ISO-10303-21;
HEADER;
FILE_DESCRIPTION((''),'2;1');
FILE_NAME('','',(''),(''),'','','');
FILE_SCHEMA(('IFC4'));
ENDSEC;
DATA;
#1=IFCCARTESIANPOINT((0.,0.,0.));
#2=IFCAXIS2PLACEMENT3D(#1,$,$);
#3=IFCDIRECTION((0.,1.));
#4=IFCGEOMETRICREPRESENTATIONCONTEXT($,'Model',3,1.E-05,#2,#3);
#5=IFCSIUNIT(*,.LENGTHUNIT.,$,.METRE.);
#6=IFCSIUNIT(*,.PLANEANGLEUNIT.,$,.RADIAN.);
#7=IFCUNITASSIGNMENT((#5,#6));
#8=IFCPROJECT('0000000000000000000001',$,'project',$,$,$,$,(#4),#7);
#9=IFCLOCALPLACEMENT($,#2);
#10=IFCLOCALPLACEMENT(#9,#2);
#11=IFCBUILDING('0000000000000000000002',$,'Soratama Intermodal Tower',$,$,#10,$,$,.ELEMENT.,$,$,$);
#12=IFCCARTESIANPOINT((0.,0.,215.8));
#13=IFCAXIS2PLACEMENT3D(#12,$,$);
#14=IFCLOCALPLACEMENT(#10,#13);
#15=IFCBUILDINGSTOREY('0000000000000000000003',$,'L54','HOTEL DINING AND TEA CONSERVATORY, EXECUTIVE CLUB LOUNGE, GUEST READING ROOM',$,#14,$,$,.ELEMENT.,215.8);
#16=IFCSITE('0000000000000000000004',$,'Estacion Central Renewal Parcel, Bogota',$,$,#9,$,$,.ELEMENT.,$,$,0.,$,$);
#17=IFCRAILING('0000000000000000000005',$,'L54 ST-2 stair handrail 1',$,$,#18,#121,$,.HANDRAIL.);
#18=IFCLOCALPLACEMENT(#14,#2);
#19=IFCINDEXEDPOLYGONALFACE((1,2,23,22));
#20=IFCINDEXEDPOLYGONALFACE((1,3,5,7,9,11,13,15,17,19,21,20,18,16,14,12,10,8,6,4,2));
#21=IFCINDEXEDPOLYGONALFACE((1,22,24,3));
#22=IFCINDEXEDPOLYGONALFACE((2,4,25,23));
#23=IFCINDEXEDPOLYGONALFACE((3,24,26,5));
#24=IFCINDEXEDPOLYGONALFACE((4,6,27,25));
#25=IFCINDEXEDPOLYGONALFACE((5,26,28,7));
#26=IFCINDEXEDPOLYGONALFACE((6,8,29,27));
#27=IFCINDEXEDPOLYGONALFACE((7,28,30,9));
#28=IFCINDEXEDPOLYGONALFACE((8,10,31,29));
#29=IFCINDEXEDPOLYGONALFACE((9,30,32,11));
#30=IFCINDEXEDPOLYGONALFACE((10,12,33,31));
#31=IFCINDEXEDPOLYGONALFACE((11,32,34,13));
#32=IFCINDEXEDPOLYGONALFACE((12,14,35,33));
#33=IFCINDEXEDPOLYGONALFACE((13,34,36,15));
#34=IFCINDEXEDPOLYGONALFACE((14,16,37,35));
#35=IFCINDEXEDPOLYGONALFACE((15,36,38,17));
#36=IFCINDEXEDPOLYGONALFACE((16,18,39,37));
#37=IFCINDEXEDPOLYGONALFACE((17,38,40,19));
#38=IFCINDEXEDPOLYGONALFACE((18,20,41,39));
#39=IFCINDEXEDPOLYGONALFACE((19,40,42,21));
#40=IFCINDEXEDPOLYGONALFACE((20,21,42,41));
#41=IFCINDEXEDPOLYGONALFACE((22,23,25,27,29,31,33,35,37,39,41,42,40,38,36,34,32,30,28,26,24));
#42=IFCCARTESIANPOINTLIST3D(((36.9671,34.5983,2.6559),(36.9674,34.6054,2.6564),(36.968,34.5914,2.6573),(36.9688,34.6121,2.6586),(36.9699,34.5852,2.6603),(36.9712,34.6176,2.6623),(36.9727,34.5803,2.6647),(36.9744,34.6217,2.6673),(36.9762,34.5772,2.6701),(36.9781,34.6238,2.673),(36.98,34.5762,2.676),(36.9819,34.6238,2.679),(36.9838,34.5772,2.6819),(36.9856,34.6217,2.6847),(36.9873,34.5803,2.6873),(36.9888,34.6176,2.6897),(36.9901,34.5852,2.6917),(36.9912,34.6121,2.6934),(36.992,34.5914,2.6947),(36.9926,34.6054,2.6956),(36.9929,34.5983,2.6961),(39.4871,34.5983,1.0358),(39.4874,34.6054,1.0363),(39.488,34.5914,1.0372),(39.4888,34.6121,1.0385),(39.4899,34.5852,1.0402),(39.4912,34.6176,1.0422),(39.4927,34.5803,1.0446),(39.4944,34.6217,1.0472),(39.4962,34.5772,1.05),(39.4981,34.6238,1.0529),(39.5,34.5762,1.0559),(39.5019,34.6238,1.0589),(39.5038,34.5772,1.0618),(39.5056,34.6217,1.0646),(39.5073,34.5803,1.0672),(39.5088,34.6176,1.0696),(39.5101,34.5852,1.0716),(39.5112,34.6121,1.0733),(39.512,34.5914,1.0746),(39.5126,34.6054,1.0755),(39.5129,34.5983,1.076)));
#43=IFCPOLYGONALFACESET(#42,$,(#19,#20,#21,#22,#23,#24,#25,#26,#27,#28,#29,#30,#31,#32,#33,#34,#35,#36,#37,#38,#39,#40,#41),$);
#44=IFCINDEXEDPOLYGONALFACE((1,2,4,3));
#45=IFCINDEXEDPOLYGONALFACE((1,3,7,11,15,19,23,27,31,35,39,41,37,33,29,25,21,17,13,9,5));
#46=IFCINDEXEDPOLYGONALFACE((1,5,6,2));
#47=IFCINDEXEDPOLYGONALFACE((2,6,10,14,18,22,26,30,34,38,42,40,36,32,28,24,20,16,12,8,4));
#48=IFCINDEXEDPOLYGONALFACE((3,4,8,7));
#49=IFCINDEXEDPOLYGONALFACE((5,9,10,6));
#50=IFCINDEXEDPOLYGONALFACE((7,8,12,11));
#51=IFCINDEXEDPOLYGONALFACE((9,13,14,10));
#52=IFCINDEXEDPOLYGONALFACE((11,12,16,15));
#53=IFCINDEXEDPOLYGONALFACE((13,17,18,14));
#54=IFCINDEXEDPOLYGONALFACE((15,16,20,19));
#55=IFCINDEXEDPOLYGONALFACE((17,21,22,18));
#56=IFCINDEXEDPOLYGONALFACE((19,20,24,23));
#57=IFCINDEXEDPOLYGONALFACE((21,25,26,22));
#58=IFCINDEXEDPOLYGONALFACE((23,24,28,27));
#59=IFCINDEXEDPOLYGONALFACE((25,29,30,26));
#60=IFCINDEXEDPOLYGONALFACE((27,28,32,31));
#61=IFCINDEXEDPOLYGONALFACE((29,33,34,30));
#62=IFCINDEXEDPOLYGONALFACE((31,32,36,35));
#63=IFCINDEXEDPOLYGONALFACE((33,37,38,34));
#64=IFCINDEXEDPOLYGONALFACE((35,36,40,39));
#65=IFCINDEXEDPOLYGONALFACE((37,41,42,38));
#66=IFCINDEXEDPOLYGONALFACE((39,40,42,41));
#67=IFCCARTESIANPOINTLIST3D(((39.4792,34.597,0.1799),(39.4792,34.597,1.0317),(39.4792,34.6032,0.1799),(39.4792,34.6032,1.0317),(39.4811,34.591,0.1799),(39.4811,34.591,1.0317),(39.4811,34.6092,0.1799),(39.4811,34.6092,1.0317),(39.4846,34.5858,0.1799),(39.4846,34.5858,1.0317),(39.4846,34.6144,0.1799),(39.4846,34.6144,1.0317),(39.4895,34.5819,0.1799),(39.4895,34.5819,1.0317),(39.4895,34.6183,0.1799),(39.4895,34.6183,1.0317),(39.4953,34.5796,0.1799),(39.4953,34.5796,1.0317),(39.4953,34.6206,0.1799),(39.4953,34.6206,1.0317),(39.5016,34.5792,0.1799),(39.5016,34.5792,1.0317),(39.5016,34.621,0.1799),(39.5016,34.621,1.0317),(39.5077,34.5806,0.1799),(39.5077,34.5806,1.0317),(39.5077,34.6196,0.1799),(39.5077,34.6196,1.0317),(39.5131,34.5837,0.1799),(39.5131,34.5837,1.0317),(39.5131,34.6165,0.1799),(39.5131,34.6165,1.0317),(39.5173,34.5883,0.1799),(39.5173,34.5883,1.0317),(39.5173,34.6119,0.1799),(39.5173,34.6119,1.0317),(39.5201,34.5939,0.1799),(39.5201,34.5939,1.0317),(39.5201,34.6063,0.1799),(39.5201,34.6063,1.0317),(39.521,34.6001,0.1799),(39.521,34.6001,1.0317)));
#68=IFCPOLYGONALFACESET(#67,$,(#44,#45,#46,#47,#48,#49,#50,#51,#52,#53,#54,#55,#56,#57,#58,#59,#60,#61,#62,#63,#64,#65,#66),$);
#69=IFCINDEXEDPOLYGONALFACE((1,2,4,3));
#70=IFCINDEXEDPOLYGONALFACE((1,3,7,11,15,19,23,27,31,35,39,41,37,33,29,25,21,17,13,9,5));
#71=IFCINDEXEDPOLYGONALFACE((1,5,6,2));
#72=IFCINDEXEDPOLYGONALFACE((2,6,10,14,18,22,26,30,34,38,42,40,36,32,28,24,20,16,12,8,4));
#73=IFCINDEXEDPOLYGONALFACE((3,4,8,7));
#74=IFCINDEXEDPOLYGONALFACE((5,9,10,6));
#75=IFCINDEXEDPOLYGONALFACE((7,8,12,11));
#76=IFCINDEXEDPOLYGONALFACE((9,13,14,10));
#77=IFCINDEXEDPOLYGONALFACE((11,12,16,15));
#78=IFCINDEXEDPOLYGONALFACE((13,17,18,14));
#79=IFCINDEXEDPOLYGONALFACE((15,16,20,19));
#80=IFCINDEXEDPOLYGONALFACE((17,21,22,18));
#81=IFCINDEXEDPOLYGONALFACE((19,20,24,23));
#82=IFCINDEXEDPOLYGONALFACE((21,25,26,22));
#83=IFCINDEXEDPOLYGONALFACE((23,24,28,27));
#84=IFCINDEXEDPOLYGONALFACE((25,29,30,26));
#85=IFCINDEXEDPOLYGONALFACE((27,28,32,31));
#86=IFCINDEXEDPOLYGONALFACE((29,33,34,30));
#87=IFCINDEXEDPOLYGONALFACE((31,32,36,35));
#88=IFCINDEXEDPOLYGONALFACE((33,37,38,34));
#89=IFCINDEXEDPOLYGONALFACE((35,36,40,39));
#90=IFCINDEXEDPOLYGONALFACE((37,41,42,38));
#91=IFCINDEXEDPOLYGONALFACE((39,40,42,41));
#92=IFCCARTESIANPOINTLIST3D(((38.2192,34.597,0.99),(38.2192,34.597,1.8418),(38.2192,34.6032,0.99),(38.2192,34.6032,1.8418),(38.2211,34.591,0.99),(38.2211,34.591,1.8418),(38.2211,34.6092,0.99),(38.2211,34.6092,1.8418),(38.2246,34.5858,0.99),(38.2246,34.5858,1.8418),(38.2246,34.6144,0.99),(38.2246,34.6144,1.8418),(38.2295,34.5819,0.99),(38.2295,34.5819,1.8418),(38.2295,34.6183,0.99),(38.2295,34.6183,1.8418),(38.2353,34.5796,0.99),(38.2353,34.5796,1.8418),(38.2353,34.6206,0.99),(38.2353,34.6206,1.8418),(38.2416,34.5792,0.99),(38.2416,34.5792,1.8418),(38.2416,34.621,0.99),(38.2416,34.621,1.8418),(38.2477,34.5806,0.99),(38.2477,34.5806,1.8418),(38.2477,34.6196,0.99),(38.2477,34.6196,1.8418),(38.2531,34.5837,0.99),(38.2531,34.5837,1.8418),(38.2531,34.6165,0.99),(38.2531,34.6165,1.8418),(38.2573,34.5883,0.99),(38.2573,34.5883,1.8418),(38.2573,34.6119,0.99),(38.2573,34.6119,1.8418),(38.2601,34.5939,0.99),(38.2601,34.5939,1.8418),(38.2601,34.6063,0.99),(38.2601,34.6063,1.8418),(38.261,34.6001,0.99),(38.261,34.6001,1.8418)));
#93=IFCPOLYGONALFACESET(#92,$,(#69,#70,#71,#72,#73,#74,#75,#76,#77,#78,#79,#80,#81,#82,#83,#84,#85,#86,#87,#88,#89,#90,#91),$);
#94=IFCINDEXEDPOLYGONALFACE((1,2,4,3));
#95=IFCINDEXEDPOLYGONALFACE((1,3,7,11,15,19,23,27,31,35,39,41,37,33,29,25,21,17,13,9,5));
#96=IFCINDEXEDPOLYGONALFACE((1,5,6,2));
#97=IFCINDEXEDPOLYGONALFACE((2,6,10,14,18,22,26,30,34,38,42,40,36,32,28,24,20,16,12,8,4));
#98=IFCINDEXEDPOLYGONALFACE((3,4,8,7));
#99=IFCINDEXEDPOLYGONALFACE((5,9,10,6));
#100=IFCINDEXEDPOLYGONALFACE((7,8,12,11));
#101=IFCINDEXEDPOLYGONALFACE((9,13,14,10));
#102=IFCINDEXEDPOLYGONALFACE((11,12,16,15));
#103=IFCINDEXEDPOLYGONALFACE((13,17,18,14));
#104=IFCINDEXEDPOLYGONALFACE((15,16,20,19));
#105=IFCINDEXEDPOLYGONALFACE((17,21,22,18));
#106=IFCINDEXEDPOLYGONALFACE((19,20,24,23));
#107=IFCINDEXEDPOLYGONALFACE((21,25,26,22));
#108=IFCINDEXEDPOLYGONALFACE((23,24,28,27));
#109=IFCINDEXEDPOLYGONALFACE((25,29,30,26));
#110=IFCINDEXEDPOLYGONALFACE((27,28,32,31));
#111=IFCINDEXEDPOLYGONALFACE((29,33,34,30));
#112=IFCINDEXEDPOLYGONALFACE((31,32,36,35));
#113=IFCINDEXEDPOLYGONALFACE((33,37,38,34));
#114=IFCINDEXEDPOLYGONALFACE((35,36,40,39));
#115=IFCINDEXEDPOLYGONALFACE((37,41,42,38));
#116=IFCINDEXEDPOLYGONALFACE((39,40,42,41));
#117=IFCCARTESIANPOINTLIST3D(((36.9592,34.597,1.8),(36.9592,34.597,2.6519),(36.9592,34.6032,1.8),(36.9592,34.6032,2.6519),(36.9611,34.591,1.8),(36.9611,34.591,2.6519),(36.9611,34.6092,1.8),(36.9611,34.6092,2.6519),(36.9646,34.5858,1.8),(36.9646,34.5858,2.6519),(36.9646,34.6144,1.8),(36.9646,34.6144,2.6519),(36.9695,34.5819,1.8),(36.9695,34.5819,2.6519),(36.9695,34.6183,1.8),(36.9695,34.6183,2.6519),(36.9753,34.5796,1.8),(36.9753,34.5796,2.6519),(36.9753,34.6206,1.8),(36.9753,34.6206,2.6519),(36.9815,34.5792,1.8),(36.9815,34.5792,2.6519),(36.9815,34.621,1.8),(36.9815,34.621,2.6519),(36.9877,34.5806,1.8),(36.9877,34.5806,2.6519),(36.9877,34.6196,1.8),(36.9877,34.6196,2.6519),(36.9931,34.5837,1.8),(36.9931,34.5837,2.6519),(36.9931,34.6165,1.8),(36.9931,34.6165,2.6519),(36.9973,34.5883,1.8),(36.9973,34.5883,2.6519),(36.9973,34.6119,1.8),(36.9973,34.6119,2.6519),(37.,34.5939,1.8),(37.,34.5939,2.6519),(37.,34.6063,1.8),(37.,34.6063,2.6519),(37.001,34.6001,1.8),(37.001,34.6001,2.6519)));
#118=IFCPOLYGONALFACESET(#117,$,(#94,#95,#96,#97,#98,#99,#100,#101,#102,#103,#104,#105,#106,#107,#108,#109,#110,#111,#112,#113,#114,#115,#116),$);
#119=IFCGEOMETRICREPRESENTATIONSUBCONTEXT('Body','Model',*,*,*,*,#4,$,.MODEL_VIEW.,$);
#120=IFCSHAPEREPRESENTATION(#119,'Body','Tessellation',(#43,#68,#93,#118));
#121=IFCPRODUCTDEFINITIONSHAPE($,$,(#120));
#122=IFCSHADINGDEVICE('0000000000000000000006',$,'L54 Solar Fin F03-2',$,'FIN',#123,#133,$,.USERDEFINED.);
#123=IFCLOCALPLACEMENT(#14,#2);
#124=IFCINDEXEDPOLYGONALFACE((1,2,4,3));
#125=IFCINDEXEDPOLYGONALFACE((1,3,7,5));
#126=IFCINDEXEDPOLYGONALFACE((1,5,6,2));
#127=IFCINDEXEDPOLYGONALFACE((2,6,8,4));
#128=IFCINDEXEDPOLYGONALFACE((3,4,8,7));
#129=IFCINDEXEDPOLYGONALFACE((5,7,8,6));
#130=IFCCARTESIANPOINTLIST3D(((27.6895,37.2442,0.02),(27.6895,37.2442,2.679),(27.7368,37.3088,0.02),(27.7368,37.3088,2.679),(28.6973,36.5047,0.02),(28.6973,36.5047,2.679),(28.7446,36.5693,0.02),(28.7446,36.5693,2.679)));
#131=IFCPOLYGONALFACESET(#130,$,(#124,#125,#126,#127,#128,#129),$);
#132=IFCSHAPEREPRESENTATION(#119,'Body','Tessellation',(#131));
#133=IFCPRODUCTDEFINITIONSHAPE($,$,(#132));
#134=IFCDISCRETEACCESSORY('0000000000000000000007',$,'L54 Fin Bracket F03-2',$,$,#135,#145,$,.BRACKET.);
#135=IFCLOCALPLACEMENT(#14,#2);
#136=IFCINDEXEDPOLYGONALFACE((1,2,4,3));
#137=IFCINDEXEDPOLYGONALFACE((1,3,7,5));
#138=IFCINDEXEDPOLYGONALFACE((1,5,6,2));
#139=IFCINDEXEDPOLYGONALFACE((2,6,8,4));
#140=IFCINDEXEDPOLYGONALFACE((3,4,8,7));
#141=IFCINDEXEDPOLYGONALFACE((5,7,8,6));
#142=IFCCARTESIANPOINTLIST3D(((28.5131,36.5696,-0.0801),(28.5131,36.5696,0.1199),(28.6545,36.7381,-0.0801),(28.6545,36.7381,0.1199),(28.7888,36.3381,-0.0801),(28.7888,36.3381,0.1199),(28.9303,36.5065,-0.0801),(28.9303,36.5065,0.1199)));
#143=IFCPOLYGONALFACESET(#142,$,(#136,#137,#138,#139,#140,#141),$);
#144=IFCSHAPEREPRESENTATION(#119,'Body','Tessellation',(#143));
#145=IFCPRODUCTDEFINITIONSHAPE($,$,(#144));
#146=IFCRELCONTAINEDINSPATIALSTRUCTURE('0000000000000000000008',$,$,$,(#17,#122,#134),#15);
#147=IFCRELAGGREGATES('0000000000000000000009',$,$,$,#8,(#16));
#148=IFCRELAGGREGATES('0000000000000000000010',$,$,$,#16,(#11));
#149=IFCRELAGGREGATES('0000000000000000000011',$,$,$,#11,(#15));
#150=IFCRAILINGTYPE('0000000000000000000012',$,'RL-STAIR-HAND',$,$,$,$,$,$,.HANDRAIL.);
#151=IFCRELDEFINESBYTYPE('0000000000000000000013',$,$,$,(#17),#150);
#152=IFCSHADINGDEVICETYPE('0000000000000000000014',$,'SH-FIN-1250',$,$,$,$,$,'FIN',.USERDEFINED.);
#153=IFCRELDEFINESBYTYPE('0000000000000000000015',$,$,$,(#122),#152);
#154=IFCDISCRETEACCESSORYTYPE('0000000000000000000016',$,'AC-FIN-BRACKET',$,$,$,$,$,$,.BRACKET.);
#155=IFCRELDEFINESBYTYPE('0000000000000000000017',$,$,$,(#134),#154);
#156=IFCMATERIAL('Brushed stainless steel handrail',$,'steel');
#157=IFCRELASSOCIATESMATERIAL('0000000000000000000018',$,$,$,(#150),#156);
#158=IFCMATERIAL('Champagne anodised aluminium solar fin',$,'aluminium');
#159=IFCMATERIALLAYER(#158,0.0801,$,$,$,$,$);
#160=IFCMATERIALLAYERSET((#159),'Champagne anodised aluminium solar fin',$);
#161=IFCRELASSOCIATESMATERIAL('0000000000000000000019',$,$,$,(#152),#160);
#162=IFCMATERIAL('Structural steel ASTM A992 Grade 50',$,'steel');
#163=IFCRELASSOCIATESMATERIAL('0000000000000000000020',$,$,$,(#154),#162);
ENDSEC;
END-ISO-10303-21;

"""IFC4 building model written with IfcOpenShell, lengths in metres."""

from ifc_helpers import new_model, si_unit, direction, frame, origin, origin_2d, place, context, subcontext, project, spatial, rectangle, circle, extrude, material, layer, layer_set, type_object, element, save


model = new_model("IFC4")

# Units and contexts
model_context = context("Model", 3, precision=1e-05, world=origin(), true_north=direction((0.0, 1.0)))
body_context = subcontext(model_context, "Body", "Model", "MODEL_VIEW")
ifc_project = project(units=[si_unit("LENGTHUNIT", "METRE"), si_unit("PLANEANGLEUNIT", "RADIAN")], contexts=[model_context])

# Site, building, storey
site_placement = place(None, origin())
site = spatial("IfcSite", under=ifc_project, at=site_placement, Name="Estacion Central Renewal Parcel, Bogota", CompositionType="ELEMENT", RefElevation=0.0)
building_placement = place(site_placement, origin())
building = spatial("IfcBuilding", under=site, at=building_placement, Name="Soratama Intermodal Tower", CompositionType="ELEMENT")
storey_placement = place(building_placement, frame((0.0, 0.0, 215.8)))
storey = spatial("IfcBuildingStorey", under=building, at=storey_placement, Name="L54", Description="HOTEL DINING AND TEA CONSERVATORY, EXECUTIVE CLUB LOUNGE, GUEST READING ROOM", CompositionType="ELEMENT", Elevation=215.8)

# Railing
ifc_material_1 = material(Name="Brushed stainless steel handrail", Category="steel")
railing_type_1 = type_object("IfcRailingType", Name="RL-STAIR-HAND", PredefinedType="HANDRAIL", material=ifc_material_1)
railing_1_placement = place(storey_placement, frame((39.5, 34.6001, 0.1799)))
element("IfcRailing", 1, at=railing_1_placement, inside=storey, type_object=railing_type_1, Name="L54 ST-2 stair handrail 1", PredefinedType="HANDRAIL", context=body_context, shape_type="SweptSolid", body=[
    extrude(circle(Radius=0.0239, at=origin_2d()), frame((0.0, 0.0, 0.876), z_axis=(-0.841163, 0.0, 0.540782), x_axis=(0.0, -1.0, 0.0)), (0.0, 0.0, 1.0), 2.9958),
    extrude(circle(Radius=0.021, at=origin_2d()), origin(), (0.0, 0.0, 1.0), 0.8518),
    extrude(circle(Radius=0.021, at=origin_2d()), frame((-1.26, 0.0, 0.8101)), (0.0, 0.0, 1.0), 0.8518),
    extrude(circle(Radius=0.021, at=origin_2d()), frame((-2.52, 0.0, 1.6201)), (0.0, 0.0, 1.0), 0.8518),
])

# Shading device
ifc_material_2 = material(Name="Champagne anodised aluminium solar fin", Category="aluminium")
ifc_layer_1 = layer(ifc_material_2, 0.0801)
ifc_layer_set_1 = layer_set([ifc_layer_1], Name="Champagne anodised aluminium solar fin")
shading_device_type = type_object("IfcShadingDeviceType", Name="SH-FIN-1250", ElementType="FIN", PredefinedType="USERDEFINED", material=ifc_layer_set_1)
shading_device_placement = place(storey_placement, frame((28.217, 36.9067, 0.02), z_axis=(0.0, 0.0, 1.0), x_axis=(-0.806238, 0.591591, 0.0)))
element("IfcShadingDevice", 2, at=shading_device_placement, inside=storey, type_object=shading_device_type, Name="L54 Solar Fin F03-2", ObjectType="FIN", PredefinedType="USERDEFINED", context=body_context, shape_type="SweptSolid", body=[
    extrude(rectangle(XDim=1.25, YDim=0.0801, at=origin_2d()), origin(), (0.0, 0.0, 1.0), 2.6589),
])

# Discrete accessory
ifc_material_3 = material(Name="Structural steel ASTM A992 Grade 50", Category="steel")
discrete_accessory_type = type_object("IfcDiscreteAccessoryType", Name="AC-FIN-BRACKET", PredefinedType="BRACKET", material=ifc_material_3)
discrete_accessory_placement = place(storey_placement, frame((28.7217, 36.5381, -0.0801), z_axis=(0.0, 0.0, 1.0), x_axis=(-0.76582, 0.643055, 0.0)))
element("IfcDiscreteAccessory", 3, at=discrete_accessory_placement, inside=storey, type_object=discrete_accessory_type, Name="L54 Fin Bracket F03-2", PredefinedType="BRACKET", context=body_context, shape_type="SweptSolid", body=[
    extrude(rectangle(XDim=0.3601, YDim=0.22, at=origin_2d()), origin(), (0.0, 0.0, 1.0), 0.2),
])

save(model, "model.ifc")
